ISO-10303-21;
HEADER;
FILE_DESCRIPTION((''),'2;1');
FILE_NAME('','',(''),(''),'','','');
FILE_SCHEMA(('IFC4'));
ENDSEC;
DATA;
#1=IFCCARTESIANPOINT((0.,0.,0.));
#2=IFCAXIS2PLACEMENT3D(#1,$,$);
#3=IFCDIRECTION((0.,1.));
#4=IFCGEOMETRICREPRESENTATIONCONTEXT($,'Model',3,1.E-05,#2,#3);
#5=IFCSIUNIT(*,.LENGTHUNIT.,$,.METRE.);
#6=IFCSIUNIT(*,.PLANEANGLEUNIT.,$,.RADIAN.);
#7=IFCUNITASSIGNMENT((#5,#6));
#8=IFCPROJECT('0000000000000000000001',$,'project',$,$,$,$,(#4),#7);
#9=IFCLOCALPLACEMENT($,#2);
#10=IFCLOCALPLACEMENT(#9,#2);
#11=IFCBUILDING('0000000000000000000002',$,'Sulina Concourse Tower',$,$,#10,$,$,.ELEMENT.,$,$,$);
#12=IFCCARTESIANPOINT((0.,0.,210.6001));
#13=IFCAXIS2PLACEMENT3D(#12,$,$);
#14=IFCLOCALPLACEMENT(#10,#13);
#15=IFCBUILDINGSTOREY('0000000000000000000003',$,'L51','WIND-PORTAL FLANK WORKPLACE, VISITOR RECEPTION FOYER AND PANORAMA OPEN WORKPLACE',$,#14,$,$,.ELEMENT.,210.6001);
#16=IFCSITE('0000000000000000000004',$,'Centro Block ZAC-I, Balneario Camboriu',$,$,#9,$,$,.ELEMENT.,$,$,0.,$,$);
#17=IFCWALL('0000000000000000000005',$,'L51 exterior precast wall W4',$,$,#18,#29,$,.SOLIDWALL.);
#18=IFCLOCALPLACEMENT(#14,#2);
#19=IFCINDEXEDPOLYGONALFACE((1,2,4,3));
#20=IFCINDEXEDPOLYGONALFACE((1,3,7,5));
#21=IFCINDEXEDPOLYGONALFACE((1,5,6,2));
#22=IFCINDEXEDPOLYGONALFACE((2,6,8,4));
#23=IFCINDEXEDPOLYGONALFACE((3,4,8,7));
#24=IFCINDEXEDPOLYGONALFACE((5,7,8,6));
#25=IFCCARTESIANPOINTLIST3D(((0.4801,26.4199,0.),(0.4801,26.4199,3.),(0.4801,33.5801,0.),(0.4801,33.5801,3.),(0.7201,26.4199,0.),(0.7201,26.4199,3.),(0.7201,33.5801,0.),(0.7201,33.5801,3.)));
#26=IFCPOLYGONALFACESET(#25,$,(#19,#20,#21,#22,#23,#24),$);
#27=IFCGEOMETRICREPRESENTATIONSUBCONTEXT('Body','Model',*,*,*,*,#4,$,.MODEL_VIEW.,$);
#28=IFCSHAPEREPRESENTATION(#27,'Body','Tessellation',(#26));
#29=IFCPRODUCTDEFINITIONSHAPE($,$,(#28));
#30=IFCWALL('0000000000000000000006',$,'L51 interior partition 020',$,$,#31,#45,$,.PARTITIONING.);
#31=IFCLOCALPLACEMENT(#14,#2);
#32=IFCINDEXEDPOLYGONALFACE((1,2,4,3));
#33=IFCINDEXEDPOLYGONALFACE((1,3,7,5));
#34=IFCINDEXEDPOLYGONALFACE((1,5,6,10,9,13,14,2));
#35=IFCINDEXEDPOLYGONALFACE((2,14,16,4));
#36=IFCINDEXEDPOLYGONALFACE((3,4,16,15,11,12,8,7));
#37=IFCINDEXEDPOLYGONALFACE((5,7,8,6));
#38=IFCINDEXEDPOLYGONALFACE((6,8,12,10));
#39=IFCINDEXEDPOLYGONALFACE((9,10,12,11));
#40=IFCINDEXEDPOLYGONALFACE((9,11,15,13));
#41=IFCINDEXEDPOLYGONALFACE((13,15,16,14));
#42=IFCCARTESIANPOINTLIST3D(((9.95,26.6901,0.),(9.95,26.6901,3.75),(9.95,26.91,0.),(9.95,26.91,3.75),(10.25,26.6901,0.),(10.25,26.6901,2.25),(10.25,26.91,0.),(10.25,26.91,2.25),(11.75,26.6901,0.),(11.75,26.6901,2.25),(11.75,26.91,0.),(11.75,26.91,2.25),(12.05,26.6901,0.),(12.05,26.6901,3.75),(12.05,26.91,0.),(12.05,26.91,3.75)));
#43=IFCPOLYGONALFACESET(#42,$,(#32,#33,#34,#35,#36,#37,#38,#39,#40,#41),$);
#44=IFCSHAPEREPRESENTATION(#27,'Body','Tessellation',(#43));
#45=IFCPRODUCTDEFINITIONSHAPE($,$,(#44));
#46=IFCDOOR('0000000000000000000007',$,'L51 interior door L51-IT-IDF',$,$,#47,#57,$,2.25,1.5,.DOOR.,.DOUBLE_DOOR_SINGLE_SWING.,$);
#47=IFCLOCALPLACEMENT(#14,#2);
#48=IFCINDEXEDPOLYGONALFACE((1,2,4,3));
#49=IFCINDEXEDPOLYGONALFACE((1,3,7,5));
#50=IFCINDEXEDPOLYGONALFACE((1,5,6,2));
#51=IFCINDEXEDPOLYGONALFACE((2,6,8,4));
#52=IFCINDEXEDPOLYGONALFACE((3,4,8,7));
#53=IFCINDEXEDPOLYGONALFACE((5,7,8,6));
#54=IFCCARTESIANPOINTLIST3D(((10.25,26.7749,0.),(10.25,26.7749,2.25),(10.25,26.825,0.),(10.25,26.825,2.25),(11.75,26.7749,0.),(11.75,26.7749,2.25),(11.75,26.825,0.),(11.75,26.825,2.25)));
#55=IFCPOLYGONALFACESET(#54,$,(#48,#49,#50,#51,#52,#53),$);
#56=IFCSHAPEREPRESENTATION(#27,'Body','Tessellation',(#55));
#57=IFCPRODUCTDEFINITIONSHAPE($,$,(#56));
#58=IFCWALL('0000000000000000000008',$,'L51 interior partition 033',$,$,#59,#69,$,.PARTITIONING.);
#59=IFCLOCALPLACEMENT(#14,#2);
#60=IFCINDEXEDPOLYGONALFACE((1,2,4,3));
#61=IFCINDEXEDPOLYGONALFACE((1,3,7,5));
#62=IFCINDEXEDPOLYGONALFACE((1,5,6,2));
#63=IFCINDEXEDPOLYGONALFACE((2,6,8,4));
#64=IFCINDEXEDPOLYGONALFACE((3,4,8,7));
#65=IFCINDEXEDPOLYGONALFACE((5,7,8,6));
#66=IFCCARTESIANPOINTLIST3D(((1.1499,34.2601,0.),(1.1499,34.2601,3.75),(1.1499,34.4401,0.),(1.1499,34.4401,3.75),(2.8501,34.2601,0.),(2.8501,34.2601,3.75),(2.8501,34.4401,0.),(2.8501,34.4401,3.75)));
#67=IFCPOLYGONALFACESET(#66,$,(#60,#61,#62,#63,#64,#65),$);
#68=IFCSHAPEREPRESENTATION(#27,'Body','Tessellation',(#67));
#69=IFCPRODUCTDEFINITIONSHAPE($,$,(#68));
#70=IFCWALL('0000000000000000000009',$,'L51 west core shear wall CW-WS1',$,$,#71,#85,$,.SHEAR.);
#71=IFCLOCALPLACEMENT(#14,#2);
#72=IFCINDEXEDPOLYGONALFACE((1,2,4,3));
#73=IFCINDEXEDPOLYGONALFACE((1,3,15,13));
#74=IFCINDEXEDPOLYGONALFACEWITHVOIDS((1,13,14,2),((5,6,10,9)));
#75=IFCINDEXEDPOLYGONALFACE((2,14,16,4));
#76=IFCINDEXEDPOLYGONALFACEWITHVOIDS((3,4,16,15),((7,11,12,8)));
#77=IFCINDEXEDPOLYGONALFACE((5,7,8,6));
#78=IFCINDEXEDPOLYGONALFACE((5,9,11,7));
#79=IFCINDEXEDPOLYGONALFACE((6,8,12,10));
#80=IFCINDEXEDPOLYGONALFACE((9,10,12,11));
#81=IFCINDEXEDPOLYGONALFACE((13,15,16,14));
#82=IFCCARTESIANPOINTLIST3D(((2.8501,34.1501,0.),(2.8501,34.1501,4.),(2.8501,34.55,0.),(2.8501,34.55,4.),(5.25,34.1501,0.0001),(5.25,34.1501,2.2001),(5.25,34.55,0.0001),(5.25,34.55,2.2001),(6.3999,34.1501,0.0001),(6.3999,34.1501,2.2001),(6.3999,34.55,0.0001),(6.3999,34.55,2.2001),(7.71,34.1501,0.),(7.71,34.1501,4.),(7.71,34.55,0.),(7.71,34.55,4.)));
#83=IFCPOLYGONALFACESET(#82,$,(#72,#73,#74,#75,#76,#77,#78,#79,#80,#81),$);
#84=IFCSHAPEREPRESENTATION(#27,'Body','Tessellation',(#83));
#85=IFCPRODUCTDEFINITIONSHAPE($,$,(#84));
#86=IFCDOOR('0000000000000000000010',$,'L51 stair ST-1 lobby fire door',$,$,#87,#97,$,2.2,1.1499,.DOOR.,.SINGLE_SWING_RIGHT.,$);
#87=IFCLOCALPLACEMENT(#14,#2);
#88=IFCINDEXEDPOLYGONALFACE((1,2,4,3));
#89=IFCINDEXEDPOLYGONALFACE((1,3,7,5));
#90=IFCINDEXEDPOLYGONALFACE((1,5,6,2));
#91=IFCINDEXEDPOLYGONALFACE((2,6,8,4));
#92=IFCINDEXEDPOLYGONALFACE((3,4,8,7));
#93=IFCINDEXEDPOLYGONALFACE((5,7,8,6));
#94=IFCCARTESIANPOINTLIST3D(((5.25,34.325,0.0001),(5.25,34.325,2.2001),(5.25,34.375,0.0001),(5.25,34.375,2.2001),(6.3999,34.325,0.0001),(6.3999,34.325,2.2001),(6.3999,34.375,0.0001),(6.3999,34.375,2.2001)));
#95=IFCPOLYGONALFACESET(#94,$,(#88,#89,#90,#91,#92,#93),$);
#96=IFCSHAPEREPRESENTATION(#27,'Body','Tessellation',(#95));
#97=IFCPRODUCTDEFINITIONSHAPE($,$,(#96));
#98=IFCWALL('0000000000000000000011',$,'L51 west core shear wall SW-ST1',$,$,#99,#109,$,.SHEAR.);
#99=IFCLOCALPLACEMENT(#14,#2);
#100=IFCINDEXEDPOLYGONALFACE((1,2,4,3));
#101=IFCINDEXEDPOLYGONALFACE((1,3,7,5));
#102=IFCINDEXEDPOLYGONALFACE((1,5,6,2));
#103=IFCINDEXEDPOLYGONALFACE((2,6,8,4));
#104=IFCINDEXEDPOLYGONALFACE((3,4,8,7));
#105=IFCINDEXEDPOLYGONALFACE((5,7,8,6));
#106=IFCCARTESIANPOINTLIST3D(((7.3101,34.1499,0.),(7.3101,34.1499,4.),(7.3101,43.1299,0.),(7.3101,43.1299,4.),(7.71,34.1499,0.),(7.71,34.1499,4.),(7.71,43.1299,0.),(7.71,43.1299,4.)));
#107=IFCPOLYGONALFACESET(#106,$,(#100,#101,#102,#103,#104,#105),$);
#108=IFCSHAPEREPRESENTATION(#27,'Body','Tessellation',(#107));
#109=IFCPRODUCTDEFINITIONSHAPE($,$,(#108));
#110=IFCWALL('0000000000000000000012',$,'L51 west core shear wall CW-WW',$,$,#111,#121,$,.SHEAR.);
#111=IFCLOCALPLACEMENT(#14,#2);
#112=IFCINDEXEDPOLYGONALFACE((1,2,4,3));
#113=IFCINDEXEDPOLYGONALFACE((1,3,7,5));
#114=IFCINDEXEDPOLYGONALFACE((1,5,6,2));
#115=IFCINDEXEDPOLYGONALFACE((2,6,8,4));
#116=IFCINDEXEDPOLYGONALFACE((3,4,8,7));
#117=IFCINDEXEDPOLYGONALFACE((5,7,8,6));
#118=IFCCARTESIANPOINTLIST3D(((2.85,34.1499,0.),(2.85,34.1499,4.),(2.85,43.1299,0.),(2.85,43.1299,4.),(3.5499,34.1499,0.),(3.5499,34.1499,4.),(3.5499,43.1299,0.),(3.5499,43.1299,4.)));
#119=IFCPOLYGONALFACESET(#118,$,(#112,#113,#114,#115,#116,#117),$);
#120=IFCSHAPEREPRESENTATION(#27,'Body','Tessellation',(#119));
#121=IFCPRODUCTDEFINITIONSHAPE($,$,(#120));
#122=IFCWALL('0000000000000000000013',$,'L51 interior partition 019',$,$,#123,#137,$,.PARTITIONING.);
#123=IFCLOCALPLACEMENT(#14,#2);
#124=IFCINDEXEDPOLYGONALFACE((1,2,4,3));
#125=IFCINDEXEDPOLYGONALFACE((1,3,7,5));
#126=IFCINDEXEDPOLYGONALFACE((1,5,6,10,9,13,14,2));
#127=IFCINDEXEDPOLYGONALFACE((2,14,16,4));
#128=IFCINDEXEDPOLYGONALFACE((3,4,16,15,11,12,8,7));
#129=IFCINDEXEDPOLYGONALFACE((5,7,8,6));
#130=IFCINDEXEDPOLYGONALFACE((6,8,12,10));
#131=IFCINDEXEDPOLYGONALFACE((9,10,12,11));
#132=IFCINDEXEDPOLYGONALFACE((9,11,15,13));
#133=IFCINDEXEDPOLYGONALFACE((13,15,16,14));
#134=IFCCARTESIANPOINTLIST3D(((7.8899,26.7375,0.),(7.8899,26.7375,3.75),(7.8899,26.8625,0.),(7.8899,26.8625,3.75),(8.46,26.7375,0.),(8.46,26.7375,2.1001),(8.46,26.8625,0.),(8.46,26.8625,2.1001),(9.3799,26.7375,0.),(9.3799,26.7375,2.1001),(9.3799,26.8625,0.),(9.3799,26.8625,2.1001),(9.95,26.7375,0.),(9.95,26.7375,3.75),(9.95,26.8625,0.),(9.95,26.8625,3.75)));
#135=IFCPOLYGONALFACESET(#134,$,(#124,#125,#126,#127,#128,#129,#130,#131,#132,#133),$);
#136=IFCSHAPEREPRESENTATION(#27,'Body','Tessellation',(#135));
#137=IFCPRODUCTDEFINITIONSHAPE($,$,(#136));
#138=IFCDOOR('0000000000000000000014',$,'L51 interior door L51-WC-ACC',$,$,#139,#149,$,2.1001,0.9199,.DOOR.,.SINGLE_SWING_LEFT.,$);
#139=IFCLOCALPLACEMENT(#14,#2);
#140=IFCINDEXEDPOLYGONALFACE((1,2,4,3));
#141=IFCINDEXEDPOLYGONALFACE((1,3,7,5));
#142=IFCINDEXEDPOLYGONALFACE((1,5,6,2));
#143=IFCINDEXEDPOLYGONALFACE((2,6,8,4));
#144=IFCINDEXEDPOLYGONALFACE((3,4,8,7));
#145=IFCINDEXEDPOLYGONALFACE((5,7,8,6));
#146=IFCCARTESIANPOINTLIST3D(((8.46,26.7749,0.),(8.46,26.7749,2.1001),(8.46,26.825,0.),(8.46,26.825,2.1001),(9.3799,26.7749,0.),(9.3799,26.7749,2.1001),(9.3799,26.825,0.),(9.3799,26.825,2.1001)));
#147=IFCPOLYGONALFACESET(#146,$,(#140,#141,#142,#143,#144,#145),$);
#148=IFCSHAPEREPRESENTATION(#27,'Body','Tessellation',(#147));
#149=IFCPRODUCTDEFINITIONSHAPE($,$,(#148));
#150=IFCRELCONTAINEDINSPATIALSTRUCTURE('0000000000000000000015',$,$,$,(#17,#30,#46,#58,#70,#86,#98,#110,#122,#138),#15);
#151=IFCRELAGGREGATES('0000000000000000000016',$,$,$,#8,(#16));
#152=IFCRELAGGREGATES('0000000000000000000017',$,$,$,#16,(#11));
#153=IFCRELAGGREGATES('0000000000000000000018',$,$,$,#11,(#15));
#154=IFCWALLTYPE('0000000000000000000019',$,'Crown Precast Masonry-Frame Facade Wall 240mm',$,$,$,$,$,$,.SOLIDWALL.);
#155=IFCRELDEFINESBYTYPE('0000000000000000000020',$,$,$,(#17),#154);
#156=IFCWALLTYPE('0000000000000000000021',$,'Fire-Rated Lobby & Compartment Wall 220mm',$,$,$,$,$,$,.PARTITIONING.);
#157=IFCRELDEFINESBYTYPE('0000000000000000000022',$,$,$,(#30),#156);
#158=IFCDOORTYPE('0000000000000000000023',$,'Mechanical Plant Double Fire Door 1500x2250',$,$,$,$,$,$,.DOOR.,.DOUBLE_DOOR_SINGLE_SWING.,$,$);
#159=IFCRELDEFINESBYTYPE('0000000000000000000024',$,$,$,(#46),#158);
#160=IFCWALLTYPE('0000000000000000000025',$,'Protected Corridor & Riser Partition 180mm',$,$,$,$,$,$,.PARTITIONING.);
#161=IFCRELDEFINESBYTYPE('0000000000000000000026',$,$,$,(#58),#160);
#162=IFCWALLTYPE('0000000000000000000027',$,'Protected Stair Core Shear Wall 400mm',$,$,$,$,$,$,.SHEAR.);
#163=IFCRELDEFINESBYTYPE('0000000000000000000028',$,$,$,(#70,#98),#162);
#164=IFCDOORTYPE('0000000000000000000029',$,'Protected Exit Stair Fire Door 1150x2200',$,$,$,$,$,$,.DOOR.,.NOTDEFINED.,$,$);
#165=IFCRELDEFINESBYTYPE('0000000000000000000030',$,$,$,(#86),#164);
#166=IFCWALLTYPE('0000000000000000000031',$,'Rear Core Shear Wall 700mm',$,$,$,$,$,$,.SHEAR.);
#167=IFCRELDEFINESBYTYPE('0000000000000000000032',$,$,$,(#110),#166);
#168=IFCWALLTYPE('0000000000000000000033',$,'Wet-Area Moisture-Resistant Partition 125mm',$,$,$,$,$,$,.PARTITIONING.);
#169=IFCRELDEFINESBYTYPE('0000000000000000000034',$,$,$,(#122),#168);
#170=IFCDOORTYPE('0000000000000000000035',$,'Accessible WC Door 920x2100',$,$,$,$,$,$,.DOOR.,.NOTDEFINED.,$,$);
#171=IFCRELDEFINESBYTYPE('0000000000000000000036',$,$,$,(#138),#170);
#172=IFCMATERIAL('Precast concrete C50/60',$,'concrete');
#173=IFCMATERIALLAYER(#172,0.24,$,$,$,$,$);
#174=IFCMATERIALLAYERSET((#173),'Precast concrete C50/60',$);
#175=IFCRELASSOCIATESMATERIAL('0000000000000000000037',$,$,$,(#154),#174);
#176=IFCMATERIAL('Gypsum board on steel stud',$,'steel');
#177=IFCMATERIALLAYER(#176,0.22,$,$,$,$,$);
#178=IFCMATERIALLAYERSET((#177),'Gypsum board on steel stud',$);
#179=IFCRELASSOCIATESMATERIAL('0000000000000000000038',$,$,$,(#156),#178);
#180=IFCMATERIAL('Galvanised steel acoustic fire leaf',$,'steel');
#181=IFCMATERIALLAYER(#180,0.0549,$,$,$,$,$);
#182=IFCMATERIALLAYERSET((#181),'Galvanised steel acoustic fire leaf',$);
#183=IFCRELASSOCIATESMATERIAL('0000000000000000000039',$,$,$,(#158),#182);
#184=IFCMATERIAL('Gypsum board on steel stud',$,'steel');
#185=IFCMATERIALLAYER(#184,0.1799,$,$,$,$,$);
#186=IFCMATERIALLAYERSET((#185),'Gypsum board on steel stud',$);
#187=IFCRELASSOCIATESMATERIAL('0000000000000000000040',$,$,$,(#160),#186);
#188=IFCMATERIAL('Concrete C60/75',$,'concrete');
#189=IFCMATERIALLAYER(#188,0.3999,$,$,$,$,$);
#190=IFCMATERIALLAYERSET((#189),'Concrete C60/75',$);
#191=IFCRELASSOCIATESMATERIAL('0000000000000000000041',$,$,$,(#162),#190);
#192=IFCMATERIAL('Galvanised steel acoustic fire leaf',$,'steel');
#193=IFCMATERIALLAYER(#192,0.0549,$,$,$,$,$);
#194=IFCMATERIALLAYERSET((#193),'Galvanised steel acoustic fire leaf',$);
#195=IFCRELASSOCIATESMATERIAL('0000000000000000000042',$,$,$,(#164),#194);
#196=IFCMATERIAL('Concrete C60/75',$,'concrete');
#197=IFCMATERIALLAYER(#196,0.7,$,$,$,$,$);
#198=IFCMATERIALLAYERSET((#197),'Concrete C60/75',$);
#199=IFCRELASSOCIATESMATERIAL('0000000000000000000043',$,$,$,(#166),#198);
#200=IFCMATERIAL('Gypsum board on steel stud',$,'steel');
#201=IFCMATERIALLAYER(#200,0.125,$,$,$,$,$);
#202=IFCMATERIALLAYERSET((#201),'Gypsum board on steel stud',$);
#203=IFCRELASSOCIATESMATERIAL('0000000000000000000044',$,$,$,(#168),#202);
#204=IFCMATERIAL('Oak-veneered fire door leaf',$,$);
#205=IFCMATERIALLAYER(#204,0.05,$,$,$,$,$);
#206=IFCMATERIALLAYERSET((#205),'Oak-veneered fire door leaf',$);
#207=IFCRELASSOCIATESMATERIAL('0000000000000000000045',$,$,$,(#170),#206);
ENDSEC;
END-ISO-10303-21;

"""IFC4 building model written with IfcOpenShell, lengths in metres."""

from ifc_helpers import new_model, si_unit, direction, frame, frame_2d, origin, place, context, subcontext, project, spatial, rectangle, extrude, material, layer, layer_set, type_object, element, fill, save


model = new_model("IFC4")

# Units and contexts
model_context = context("Model", 3, precision=1e-05, world=origin(), true_north=direction((0.0, 1.0)))
body_context = subcontext(model_context, "Body", "Model", "MODEL_VIEW")
ifc_project = project(units=[si_unit("LENGTHUNIT", "METRE"), si_unit("PLANEANGLEUNIT", "RADIAN")], contexts=[model_context])

# Site, building, storey
site_placement = place(None, origin())
site = spatial("IfcSite", under=ifc_project, at=site_placement, Name="Centro Block ZAC-I, Balneario Camboriu", CompositionType="ELEMENT", RefElevation=0.0)
building_placement = place(site_placement, origin())
building = spatial("IfcBuilding", under=site, at=building_placement, Name="Sulina Concourse Tower", CompositionType="ELEMENT")
storey_placement = place(building_placement, frame((0.0, 0.0, 210.6001)))
storey = spatial("IfcBuildingStorey", under=building, at=storey_placement, Name="L51", Description="WIND-PORTAL FLANK WORKPLACE, VISITOR RECEPTION FOYER AND PANORAMA OPEN WORKPLACE", CompositionType="ELEMENT", Elevation=210.6001)

# Wall
ifc_material_1 = material(Name="Precast concrete C50/60", Category="concrete")
ifc_layer_1 = layer(ifc_material_1, 0.24)
ifc_layer_set_1 = layer_set([ifc_layer_1], Name="Precast concrete C50/60")
wall_type_1 = type_object("IfcWallType", Name="Crown Precast Masonry-Frame Facade Wall 240mm", PredefinedType="SOLIDWALL", material=ifc_layer_set_1)
wall_1_placement = place(storey_placement, frame((0.6001, 26.4199, 0.0), z_axis=(0.0, 0.0, 1.0), x_axis=(0.0, 1.0, 0.0)))
element("IfcWall", 1, at=wall_1_placement, inside=storey, type_object=wall_type_1, Name="L51 exterior precast wall W4", PredefinedType="SOLIDWALL", context=body_context, shape_type="SweptSolid", body=[
    extrude(rectangle(XDim=7.1602, YDim=0.24, at=frame_2d((3.5801, 0.0))), origin(), (0.0, 0.0, 1.0), 3.0),
])

# Wall, opening, door
ifc_material_2 = material(Name="Gypsum board on steel stud", Category="steel")
ifc_layer_2 = layer(ifc_material_2, 0.22)
ifc_layer_set_2 = layer_set([ifc_layer_2], Name="Gypsum board on steel stud")
wall_type_2 = type_object("IfcWallType", Name="Fire-Rated Lobby & Compartment Wall 220mm", PredefinedType="PARTITIONING", material=ifc_layer_set_2)
wall_2_placement = place(storey_placement, frame((9.95, 26.8, 0.0), z_axis=(0.0, 0.0, 1.0), x_axis=(1.0, 0.0, 0.0)))
wall_2 = element("IfcWall", 2, at=wall_2_placement, inside=storey, type_object=wall_type_2, Name="L51 interior partition 020", PredefinedType="PARTITIONING", context=body_context, shape_type="SweptSolid", body=[
    extrude(rectangle(XDim=2.1001, YDim=0.22, at=frame_2d((1.05, 0.0))), origin(), (0.0, 0.0, 1.0), 3.75),
])
opening_1_placement = place(wall_2_placement, frame((0.3, 0.0, 0.0)))
opening_1 = element("IfcOpeningElement", 3, at=opening_1_placement, cuts=wall_2, PredefinedType="OPENING", context=body_context, shape_type="SweptSolid", body=[
    extrude(rectangle(XDim=1.5, YDim=2.25, at=frame_2d((0.75, 1.125))), frame((0.0, 0.1199, 0.0), z_axis=(0.0, -1.0, 0.0), x_axis=(1.0, 0.0, 0.0)), (0.0, 0.0, 1.0), 0.24),
])
ifc_material_3 = material(Name="Galvanised steel acoustic fire leaf", Category="steel")
ifc_layer_3 = layer(ifc_material_3, 0.0549)
ifc_layer_set_3 = layer_set([ifc_layer_3], Name="Galvanised steel acoustic fire leaf")
door_type_1 = type_object("IfcDoorType", Name="Mechanical Plant Double Fire Door 1500x2250", OperationType="DOUBLE_DOOR_SINGLE_SWING", PredefinedType="DOOR", material=ifc_layer_set_3)
door_1_placement = place(opening_1_placement, origin())
door_1 = element("IfcDoor", 4, at=door_1_placement, inside=storey, type_object=door_type_1, Name="L51 interior door L51-IT-IDF", OperationType="DOUBLE_DOOR_SINGLE_SWING", OverallHeight=2.25, OverallWidth=1.5, PredefinedType="DOOR", context=body_context, shape_type="SweptSolid", body=[
    extrude(rectangle(XDim=1.5, YDim=2.25, at=frame_2d((0.75, 1.125))), frame((0.0, 0.0249, 0.0), z_axis=(0.0, -1.0, 0.0), x_axis=(1.0, 0.0, 0.0)), (0.0, 0.0, 1.0), 0.05),
])
fill(opening_1, door_1)

# Wall
ifc_material_4 = material(Name="Gypsum board on steel stud", Category="steel")
ifc_layer_4 = layer(ifc_material_4, 0.1799)
ifc_layer_set_4 = layer_set([ifc_layer_4], Name="Gypsum board on steel stud")
wall_type_3 = type_object("IfcWallType", Name="Protected Corridor & Riser Partition 180mm", PredefinedType="PARTITIONING", material=ifc_layer_set_4)
wall_3_placement = place(storey_placement, frame((1.1499, 34.3501, 0.0), z_axis=(0.0, 0.0, 1.0), x_axis=(1.0, 0.0, 0.0)))
element("IfcWall", 5, at=wall_3_placement, inside=storey, type_object=wall_type_3, Name="L51 interior partition 033", PredefinedType="PARTITIONING", context=body_context, shape_type="SweptSolid", body=[
    extrude(rectangle(XDim=1.7002, YDim=0.1799, at=frame_2d((0.8501, 0.0))), origin(), (0.0, 0.0, 1.0), 3.75),
])

# Wall, opening, door
ifc_material_5 = material(Name="Concrete C60/75", Category="concrete")
ifc_layer_5 = layer(ifc_material_5, 0.3999)
ifc_layer_set_5 = layer_set([ifc_layer_5], Name="Concrete C60/75")
wall_type_4 = type_object("IfcWallType", Name="Protected Stair Core Shear Wall 400mm", PredefinedType="SHEAR", material=ifc_layer_set_5)
wall_4_placement = place(storey_placement, frame((2.8501, 34.3501, 0.0), z_axis=(0.0, 0.0, 1.0), x_axis=(1.0, 0.0, 0.0)))
wall_4 = element("IfcWall", 6, at=wall_4_placement, inside=storey, type_object=wall_type_4, Name="L51 west core shear wall CW-WS1", PredefinedType="SHEAR", context=body_context, shape_type="SweptSolid", body=[
    extrude(rectangle(XDim=4.8599, YDim=0.3999, at=frame_2d((2.4299, 0.0))), origin(), (0.0, 0.0, 1.0), 4.0),
])
opening_2_placement = place(wall_4_placement, frame((2.3999, 0.0, 0.0)))
opening_2 = element("IfcOpeningElement", 7, at=opening_2_placement, cuts=wall_4, PredefinedType="OPENING", context=body_context, shape_type="SweptSolid", body=[
    extrude(rectangle(XDim=1.1499, YDim=2.2, at=frame_2d((0.575, 1.1001))), frame((0.0, 0.21, 0.0), z_axis=(0.0, -1.0, 0.0), x_axis=(1.0, 0.0, 0.0)), (0.0, 0.0, 1.0), 0.4199),
])
ifc_material_6 = material(Name="Galvanised steel acoustic fire leaf", Category="steel")
ifc_layer_6 = layer(ifc_material_6, 0.0549)
ifc_layer_set_6 = layer_set([ifc_layer_6], Name="Galvanised steel acoustic fire leaf")
door_type_2 = type_object("IfcDoorType", Name="Protected Exit Stair Fire Door 1150x2200", OperationType="NOTDEFINED", PredefinedType="DOOR", material=ifc_layer_set_6)
door_2_placement = place(opening_2_placement, origin())
door_2 = element("IfcDoor", 8, at=door_2_placement, inside=storey, type_object=door_type_2, Name="L51 stair ST-1 lobby fire door", OperationType="SINGLE_SWING_RIGHT", OverallHeight=2.2, OverallWidth=1.1499, PredefinedType="DOOR", context=body_context, shape_type="SweptSolid", body=[
    extrude(rectangle(XDim=1.1499, YDim=2.2, at=frame_2d((0.575, 1.1001))), frame((0.0, 0.0249, 0.0), z_axis=(0.0, -1.0, 0.0), x_axis=(1.0, 0.0, 0.0)), (0.0, 0.0, 1.0), 0.05),
])
fill(opening_2, door_2)

# Walls
wall_5_placement = place(storey_placement, frame((7.51, 34.1499, 0.0), z_axis=(0.0, 0.0, 1.0), x_axis=(0.0, 1.0, 0.0)))
element("IfcWall", 9, at=wall_5_placement, inside=storey, type_object=wall_type_4, Name="L51 west core shear wall SW-ST1", PredefinedType="SHEAR", context=body_context, shape_type="SweptSolid", body=[
    extrude(rectangle(XDim=8.98, YDim=0.3999, at=frame_2d((4.49, 0.0))), origin(), (0.0, 0.0, 1.0), 4.0),
])
ifc_material_7 = material(Name="Concrete C60/75", Category="concrete")
ifc_layer_7 = layer(ifc_material_7, 0.7)
ifc_layer_set_7 = layer_set([ifc_layer_7], Name="Concrete C60/75")
wall_type_5 = type_object("IfcWallType", Name="Rear Core Shear Wall 700mm", PredefinedType="SHEAR", material=ifc_layer_set_7)
wall_6_placement = place(storey_placement, frame((3.2, 34.1499, 0.0), z_axis=(0.0, 0.0, 1.0), x_axis=(0.0, 1.0, 0.0)))
element("IfcWall", 10, at=wall_6_placement, inside=storey, type_object=wall_type_5, Name="L51 west core shear wall CW-WW", PredefinedType="SHEAR", context=body_context, shape_type="SweptSolid", body=[
    extrude(rectangle(XDim=8.98, YDim=0.7, at=frame_2d((4.49, 0.0))), origin(), (0.0, 0.0, 1.0), 4.0),
])

# Wall, opening, door
ifc_material_8 = material(Name="Gypsum board on steel stud", Category="steel")
ifc_layer_8 = layer(ifc_material_8, 0.125)
ifc_layer_set_8 = layer_set([ifc_layer_8], Name="Gypsum board on steel stud")
wall_type_6 = type_object("IfcWallType", Name="Wet-Area Moisture-Resistant Partition 125mm", PredefinedType="PARTITIONING", material=ifc_layer_set_8)
wall_7_placement = place(storey_placement, frame((7.8899, 26.8, 0.0), z_axis=(0.0, 0.0, 1.0), x_axis=(1.0, 0.0, 0.0)))
wall_7 = element("IfcWall", 11, at=wall_7_placement, inside=storey, type_object=wall_type_6, Name="L51 interior partition 019", PredefinedType="PARTITIONING", context=body_context, shape_type="SweptSolid", body=[
    extrude(rectangle(XDim=2.0601, YDim=0.125, at=frame_2d((1.03, 0.0))), origin(), (0.0, 0.0, 1.0), 3.75),
])
opening_3_placement = place(wall_7_placement, frame((0.5701, 0.0, 0.0)))
opening_3 = element("IfcOpeningElement", 12, at=opening_3_placement, cuts=wall_7, PredefinedType="OPENING", context=body_context, shape_type="SweptSolid", body=[
    extrude(rectangle(XDim=0.9199, YDim=2.1001, at=frame_2d((0.46, 1.05))), frame((0.0, 0.0725, 0.0), z_axis=(0.0, -1.0, 0.0), x_axis=(1.0, 0.0, 0.0)), (0.0, 0.0, 1.0), 0.145),
])
ifc_material_9 = material(Name="Oak-veneered fire door leaf")
ifc_layer_9 = layer(ifc_material_9, 0.05)
ifc_layer_set_9 = layer_set([ifc_layer_9], Name="Oak-veneered fire door leaf")
door_type_3 = type_object("IfcDoorType", Name="Accessible WC Door 920x2100", OperationType="NOTDEFINED", PredefinedType="DOOR", material=ifc_layer_set_9)
door_3_placement = place(opening_3_placement, origin())
door_3 = element("IfcDoor", 13, at=door_3_placement, inside=storey, type_object=door_type_3, Name="L51 interior door L51-WC-ACC", OperationType="SINGLE_SWING_LEFT", OverallHeight=2.1001, OverallWidth=0.9199, PredefinedType="DOOR", context=body_context, shape_type="SweptSolid", body=[
    extrude(rectangle(XDim=0.9199, YDim=2.1001, at=frame_2d((0.46, 1.05))), frame((0.0, 0.0249, 0.0), z_axis=(0.0, -1.0, 0.0), x_axis=(1.0, 0.0, 0.0)), (0.0, 0.0, 1.0), 0.05),
])
fill(opening_3, door_3)

save(model, "model.ifc")
